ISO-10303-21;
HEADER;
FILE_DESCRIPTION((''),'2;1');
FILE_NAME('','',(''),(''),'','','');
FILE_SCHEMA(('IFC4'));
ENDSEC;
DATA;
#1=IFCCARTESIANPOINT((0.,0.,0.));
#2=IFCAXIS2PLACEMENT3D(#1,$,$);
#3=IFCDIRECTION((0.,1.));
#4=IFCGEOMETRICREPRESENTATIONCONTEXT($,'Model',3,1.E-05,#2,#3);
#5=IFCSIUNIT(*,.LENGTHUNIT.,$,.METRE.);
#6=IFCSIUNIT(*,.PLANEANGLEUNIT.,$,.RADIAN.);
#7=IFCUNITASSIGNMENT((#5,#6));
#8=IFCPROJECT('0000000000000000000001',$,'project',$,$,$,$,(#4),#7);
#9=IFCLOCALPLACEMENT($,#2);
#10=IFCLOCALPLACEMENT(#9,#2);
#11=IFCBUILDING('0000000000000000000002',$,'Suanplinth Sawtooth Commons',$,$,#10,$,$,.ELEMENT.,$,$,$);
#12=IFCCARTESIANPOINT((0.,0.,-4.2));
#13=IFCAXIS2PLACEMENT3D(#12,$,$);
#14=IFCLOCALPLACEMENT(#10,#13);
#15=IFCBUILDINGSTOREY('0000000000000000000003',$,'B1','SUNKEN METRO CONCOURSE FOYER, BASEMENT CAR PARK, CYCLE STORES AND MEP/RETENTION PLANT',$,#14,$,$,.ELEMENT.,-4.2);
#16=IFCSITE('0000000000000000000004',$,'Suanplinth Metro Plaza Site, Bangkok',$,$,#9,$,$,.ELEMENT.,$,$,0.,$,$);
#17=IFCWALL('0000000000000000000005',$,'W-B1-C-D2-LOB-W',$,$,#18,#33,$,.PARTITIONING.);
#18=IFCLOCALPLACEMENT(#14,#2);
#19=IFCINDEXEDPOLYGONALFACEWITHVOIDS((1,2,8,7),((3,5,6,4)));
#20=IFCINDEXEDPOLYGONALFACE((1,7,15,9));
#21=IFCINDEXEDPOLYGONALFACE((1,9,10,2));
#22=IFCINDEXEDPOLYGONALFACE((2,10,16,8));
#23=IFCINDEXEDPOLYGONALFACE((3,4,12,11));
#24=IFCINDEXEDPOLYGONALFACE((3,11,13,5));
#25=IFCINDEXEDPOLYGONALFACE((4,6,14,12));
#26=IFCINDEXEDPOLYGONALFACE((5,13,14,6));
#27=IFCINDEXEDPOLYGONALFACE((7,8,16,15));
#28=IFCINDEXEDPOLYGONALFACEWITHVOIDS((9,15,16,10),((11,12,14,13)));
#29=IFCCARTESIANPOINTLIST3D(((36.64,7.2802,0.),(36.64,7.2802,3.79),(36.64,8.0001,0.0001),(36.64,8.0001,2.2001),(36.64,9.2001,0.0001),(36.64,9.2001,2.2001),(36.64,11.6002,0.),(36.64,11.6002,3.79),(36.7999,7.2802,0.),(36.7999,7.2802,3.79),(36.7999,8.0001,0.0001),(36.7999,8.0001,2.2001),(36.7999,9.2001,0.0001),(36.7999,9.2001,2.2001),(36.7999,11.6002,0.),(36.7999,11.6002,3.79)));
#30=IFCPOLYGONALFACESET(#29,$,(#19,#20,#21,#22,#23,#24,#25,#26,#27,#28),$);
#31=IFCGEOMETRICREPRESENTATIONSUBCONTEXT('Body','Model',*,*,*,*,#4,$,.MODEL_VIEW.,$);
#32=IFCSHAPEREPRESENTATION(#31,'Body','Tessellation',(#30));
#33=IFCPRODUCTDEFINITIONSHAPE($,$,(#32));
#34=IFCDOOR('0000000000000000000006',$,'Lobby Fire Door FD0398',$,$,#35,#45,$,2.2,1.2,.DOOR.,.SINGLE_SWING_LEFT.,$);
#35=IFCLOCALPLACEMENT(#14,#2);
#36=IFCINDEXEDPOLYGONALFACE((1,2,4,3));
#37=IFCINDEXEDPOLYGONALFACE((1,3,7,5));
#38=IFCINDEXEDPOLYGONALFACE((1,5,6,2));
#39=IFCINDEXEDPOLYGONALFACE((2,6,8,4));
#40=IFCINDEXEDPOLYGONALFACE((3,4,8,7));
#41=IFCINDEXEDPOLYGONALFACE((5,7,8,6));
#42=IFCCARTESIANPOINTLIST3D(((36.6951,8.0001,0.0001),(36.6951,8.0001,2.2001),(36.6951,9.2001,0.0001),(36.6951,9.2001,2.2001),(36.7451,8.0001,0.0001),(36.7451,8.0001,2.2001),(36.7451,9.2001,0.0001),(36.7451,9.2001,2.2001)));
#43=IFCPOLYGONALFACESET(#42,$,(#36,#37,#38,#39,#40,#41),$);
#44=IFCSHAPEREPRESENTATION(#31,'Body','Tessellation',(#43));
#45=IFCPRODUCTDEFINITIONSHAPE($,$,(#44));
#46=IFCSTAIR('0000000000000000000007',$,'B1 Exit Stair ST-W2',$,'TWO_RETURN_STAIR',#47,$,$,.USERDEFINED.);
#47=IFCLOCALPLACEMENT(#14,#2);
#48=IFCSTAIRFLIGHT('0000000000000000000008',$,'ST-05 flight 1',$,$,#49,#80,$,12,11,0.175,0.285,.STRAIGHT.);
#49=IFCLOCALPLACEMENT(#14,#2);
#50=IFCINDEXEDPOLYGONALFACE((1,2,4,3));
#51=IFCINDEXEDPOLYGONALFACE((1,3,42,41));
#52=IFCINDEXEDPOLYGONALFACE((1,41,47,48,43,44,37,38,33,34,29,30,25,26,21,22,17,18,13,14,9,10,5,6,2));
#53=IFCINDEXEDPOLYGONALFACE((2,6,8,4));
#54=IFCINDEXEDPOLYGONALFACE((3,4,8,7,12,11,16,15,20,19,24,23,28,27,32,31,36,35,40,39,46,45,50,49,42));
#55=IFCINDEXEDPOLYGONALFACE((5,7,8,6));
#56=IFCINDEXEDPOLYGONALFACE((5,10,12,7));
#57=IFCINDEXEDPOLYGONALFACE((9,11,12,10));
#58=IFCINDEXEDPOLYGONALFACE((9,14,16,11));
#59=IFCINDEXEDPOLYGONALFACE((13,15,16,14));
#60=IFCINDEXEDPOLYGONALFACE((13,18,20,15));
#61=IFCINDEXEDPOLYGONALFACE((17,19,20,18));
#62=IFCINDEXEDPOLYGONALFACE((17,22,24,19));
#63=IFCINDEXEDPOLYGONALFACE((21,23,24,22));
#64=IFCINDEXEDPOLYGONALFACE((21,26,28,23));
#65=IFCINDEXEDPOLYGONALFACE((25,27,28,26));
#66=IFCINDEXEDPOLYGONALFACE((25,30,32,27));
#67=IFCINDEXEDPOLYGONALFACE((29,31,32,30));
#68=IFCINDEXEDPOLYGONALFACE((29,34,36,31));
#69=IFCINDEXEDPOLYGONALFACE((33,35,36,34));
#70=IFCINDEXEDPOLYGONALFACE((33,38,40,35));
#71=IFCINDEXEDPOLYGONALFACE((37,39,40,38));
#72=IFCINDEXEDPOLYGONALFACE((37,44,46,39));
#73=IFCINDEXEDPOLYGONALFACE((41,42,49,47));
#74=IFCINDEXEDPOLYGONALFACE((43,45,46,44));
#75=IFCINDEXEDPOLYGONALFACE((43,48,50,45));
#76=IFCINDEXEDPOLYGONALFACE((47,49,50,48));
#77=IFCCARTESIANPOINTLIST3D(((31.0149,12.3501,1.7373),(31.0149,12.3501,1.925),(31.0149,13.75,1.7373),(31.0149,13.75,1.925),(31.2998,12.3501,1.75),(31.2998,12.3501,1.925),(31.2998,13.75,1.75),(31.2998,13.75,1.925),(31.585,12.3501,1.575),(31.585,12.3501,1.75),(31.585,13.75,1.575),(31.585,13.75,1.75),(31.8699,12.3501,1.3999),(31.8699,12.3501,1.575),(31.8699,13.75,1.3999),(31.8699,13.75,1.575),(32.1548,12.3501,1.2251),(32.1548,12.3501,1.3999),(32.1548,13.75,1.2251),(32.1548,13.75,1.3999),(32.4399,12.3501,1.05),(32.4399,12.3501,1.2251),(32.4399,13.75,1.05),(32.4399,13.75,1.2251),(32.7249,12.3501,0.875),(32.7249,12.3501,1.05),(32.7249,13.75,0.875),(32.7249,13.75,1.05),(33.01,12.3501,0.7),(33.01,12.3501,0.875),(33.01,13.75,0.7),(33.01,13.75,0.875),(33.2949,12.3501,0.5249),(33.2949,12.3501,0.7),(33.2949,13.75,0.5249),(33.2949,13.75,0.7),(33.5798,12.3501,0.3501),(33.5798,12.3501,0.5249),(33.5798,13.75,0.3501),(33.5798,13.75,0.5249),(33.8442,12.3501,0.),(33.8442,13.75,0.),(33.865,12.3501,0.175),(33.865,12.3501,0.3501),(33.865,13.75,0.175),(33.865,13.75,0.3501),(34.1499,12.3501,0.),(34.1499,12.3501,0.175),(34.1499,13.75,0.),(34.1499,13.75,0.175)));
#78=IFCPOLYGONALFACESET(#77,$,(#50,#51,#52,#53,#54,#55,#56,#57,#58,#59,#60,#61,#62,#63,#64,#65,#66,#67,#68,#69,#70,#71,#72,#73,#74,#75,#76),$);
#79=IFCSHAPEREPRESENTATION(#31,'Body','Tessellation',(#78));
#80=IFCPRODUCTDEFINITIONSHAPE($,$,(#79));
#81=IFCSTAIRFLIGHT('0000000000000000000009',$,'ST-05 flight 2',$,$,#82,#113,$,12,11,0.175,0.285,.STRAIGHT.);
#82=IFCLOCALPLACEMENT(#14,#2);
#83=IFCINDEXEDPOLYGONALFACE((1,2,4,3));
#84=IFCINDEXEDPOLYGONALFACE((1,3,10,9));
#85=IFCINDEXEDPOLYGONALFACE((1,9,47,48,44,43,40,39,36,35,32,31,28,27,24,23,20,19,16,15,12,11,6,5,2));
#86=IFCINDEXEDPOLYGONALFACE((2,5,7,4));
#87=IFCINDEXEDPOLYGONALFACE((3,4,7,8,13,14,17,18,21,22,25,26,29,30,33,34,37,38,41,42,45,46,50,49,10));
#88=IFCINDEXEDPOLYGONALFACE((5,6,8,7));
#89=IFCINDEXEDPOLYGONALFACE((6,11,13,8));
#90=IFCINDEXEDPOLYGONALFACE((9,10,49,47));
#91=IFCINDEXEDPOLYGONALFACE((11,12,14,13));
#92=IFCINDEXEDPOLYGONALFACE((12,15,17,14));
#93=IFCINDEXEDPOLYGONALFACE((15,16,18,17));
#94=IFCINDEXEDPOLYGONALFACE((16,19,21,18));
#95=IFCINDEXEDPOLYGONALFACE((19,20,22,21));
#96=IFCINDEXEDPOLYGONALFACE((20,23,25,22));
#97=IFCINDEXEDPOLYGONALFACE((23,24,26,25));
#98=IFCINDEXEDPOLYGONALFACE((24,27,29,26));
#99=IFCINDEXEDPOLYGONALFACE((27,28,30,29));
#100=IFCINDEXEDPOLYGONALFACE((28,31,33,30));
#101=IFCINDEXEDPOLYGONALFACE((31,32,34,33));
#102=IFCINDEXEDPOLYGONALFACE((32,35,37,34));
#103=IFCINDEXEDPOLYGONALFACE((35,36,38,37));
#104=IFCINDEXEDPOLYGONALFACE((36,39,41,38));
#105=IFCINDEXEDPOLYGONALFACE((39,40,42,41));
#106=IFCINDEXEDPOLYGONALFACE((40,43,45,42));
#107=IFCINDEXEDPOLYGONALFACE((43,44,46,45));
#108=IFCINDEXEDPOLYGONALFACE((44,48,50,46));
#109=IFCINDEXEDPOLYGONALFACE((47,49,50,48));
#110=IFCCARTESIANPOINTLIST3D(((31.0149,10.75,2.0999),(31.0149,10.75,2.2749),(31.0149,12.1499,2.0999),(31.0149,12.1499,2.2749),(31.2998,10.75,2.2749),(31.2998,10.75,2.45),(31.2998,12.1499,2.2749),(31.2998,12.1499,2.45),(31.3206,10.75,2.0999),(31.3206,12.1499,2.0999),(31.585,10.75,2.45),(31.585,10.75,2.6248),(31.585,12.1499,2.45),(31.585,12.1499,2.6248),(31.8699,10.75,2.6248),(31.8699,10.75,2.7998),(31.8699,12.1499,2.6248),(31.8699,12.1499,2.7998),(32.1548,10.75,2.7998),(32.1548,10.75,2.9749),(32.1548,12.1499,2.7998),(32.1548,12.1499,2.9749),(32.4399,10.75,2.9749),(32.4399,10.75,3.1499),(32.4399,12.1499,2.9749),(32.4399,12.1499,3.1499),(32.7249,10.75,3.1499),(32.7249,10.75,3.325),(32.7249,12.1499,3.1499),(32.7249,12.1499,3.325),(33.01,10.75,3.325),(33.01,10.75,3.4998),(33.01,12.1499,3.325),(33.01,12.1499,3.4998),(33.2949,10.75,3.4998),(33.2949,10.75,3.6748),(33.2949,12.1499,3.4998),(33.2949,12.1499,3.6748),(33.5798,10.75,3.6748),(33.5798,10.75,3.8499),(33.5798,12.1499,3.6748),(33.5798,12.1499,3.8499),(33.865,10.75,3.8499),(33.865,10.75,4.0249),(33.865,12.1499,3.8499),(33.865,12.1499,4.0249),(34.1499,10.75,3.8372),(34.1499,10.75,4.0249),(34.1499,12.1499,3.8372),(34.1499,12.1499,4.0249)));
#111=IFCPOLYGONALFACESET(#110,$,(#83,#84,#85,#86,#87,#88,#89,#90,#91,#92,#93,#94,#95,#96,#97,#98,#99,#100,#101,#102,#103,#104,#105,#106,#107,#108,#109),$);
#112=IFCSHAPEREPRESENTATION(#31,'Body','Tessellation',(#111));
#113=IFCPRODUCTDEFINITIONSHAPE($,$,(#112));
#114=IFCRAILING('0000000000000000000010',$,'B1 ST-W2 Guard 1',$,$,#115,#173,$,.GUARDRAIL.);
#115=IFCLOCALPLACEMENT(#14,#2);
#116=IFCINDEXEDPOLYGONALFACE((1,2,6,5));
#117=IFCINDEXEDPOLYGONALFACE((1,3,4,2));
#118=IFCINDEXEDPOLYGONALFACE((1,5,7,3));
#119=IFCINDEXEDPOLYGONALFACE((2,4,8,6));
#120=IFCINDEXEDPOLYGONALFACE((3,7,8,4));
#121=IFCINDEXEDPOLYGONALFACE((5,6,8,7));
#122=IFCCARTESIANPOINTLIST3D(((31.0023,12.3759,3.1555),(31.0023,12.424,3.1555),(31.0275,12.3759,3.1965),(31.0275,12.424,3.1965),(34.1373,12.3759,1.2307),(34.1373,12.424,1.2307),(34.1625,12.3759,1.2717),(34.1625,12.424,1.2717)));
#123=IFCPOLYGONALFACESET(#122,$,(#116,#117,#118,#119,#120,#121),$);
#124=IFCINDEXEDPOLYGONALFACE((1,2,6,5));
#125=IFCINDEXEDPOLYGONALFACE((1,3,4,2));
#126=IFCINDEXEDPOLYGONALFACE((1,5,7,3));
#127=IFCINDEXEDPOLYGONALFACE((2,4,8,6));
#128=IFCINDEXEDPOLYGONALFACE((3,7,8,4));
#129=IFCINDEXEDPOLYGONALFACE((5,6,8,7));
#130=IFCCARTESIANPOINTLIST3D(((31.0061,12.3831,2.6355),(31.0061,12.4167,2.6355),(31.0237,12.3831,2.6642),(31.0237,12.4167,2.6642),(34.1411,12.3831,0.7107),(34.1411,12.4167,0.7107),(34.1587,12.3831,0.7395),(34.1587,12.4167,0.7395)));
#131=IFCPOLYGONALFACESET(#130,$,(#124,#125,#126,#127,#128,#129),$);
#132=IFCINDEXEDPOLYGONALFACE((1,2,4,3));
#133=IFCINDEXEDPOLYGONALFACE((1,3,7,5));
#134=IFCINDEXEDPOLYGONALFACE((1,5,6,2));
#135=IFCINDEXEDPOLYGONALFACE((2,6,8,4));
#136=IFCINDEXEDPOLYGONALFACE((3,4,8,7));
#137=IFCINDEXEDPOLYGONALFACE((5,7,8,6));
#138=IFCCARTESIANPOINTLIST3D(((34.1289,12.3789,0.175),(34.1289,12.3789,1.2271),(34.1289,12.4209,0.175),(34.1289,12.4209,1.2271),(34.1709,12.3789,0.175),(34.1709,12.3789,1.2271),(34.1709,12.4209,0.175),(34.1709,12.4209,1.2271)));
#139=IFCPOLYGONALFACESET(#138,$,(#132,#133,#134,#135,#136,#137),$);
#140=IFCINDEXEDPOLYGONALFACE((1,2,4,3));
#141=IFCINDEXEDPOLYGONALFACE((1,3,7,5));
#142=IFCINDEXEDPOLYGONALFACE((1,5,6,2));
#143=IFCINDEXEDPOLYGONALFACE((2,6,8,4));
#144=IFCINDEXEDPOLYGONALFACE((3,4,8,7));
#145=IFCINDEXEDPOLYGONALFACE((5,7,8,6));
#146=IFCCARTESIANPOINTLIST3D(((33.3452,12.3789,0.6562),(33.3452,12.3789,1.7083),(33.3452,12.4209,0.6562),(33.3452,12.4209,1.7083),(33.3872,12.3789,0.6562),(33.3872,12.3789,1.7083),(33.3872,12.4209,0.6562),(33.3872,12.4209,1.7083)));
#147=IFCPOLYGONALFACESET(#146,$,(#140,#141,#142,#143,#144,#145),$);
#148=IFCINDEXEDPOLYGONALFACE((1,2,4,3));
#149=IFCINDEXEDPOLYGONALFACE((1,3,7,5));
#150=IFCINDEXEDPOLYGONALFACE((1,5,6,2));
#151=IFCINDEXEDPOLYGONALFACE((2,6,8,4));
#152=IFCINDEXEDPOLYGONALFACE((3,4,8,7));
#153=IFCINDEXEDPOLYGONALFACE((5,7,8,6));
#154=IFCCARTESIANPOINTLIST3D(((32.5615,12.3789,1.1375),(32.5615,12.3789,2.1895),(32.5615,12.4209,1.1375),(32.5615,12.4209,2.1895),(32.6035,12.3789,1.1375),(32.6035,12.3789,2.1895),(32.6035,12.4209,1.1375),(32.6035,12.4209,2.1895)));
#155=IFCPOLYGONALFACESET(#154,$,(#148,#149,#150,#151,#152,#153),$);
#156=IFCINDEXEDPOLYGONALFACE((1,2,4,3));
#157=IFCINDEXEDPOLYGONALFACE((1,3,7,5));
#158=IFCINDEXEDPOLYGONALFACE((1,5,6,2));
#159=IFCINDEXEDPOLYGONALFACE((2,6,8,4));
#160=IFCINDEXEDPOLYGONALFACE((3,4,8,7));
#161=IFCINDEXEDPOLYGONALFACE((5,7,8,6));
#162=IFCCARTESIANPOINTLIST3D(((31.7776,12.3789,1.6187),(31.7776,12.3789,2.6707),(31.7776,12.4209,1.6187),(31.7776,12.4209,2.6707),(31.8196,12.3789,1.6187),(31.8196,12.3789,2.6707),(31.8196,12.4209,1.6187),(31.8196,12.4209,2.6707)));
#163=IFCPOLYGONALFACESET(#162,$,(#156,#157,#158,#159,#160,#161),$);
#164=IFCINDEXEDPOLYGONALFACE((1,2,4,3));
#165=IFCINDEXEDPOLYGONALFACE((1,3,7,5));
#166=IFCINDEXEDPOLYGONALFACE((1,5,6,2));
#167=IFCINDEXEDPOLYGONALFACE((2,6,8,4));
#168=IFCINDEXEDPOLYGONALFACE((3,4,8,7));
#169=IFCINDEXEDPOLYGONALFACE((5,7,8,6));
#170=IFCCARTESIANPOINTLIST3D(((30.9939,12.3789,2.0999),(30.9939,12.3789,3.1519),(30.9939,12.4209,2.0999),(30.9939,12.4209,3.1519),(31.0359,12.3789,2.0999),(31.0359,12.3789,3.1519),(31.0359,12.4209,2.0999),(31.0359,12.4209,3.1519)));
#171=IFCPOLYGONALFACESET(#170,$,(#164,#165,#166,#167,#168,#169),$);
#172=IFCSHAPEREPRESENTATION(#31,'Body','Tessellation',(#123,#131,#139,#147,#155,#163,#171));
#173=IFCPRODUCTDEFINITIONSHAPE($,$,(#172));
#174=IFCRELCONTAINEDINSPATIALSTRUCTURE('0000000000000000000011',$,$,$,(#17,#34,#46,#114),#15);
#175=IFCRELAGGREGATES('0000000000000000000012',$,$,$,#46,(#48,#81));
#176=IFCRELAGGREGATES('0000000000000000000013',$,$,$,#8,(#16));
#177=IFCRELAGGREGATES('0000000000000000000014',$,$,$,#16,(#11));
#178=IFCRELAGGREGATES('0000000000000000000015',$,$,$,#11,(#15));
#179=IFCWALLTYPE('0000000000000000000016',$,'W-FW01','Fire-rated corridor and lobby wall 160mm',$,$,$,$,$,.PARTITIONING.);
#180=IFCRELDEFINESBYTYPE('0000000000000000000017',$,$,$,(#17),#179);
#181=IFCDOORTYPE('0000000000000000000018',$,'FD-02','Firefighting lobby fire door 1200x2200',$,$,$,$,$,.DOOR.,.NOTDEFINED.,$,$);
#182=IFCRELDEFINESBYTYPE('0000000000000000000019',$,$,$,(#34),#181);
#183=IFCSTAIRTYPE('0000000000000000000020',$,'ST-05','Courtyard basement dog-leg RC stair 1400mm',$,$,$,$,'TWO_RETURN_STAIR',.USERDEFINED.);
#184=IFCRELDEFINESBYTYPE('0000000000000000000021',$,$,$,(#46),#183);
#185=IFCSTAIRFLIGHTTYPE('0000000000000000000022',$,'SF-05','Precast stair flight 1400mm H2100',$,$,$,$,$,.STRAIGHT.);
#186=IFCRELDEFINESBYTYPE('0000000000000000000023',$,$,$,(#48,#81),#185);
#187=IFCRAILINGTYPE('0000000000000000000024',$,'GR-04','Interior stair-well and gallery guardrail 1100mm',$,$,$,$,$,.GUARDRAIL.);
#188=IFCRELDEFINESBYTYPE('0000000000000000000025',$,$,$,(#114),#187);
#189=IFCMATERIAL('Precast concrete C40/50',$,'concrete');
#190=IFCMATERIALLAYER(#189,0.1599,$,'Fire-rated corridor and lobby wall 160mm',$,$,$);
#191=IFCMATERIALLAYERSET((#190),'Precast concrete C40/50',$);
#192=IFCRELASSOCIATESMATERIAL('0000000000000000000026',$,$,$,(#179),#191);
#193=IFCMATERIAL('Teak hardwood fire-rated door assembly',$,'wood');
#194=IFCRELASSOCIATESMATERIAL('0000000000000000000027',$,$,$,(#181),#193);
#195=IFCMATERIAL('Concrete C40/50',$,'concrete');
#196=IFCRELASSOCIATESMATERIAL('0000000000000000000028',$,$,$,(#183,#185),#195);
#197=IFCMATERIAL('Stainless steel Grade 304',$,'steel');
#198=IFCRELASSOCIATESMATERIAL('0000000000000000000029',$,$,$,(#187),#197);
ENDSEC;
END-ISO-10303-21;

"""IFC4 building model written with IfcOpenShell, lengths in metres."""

from ifc_helpers import new_model, si_unit, direction, frame, frame_2d, origin, origin_2d, place, context, subcontext, project, spatial, polyline, rectangle, outline, extrude, material, layer, layer_set, type_object, element, fill, aggregate, save


model = new_model("IFC4")

# Units and contexts
model_context = context("Model", 3, precision=1e-05, world=origin(), true_north=direction((0.0, 1.0)))
body_context = subcontext(model_context, "Body", "Model", "MODEL_VIEW")
ifc_project = project(units=[si_unit("LENGTHUNIT", "METRE"), si_unit("PLANEANGLEUNIT", "RADIAN")], contexts=[model_context])

# Site, building, storey
site_placement = place(None, origin())
site = spatial("IfcSite", under=ifc_project, at=site_placement, Name="Suanplinth Metro Plaza Site, Bangkok", CompositionType="ELEMENT", RefElevation=0.0)
building_placement = place(site_placement, origin())
building = spatial("IfcBuilding", under=site, at=building_placement, Name="Suanplinth Sawtooth Commons", CompositionType="ELEMENT")
storey_placement = place(building_placement, frame((0.0, 0.0, -4.2)))
storey = spatial("IfcBuildingStorey", under=building, at=storey_placement, Name="B1", Description="SUNKEN METRO CONCOURSE FOYER, BASEMENT CAR PARK, CYCLE STORES AND MEP/RETENTION PLANT", CompositionType="ELEMENT", Elevation=-4.2)

# Shared definitions
ifc_material_1 = material(Name="Concrete C40/50", Category="concrete")

# Wall, opening, door
ifc_material_2 = material(Name="Precast concrete C40/50", Category="concrete")
ifc_layer_1 = layer(ifc_material_2, 0.1599, Name="Fire-rated corridor and lobby wall 160mm")
ifc_layer_set_1 = layer_set([ifc_layer_1], Name="Precast concrete C40/50")
wall_type_1 = type_object("IfcWallType", Name="W-FW01", Description="Fire-rated corridor and lobby wall 160mm", PredefinedType="PARTITIONING", material=ifc_layer_set_1)
wall_1_placement = place(storey_placement, frame((36.72, 7.28, 0.0), z_axis=(0.0, 0.0, 1.0), x_axis=(0.0, 1.0, 0.0)))
wall_1 = element("IfcWall", 1, at=wall_1_placement, inside=storey, type_object=wall_type_1, Name="W-B1-C-D2-LOB-W", PredefinedType="PARTITIONING", context=body_context, shape_type="SweptSolid", body=[
    extrude(rectangle(XDim=4.3201, YDim=0.1599, at=frame_2d((2.1602, 0.0))), origin(), (0.0, 0.0, 1.0), 3.79),
])
opening_placement = place(wall_1_placement, frame((0.72, 0.0, 0.0)))
opening = element("IfcOpeningElement", 2, at=opening_placement, cuts=wall_1, PredefinedType="OPENING", context=body_context, shape_type="SweptSolid", body=[
    extrude(rectangle(XDim=1.2, YDim=2.2, at=frame_2d((0.6001, 1.1001))), frame((0.0, 0.0947, 0.0), z_axis=(0.0, -1.0, 0.0), x_axis=(1.0, 0.0, 0.0)), (0.0, 0.0, 1.0), 0.1897),
])
ifc_material_3 = material(Name="Teak hardwood fire-rated door assembly", Category="wood")
door_type = type_object("IfcDoorType", Name="FD-02", Description="Firefighting lobby fire door 1200x2200", OperationType="NOTDEFINED", PredefinedType="DOOR", material=ifc_material_3)
door_placement = place(opening_placement, origin())
door = element("IfcDoor", 3, at=door_placement, inside=storey, type_object=door_type, Name="Lobby Fire Door FD0398", OperationType="SINGLE_SWING_LEFT", OverallHeight=2.2, OverallWidth=1.2, PredefinedType="DOOR", context=body_context, shape_type="SweptSolid", body=[
    extrude(rectangle(XDim=1.2, YDim=2.2, at=frame_2d((0.6001, 1.1001))), frame((0.0, 0.0249, 0.0), z_axis=(0.0, -1.0, 0.0), x_axis=(1.0, 0.0, 0.0)), (0.0, 0.0, 1.0), 0.05),
])
fill(opening, door)

# Stair, stair flights
stair_type = type_object("IfcStairType", Name="ST-05", Description="Courtyard basement dog-leg RC stair 1400mm", ElementType="TWO_RETURN_STAIR", PredefinedType="USERDEFINED", material=ifc_material_1)
stair_placement = place(storey_placement, origin())
stair = element("IfcStair", 4, at=stair_placement, inside=storey, type_object=stair_type, Name="B1 Exit Stair ST-W2", ObjectType="TWO_RETURN_STAIR", PredefinedType="USERDEFINED")
stair_flight_type = type_object("IfcStairFlightType", Name="SF-05", Description="Precast stair flight 1400mm H2100", PredefinedType="STRAIGHT", material=ifc_material_1)
stair_flight_1_placement = place(storey_placement, frame((34.1499, 13.05, 0.0), z_axis=(0.0, 0.0, 1.0), x_axis=(-1.0, 0.0, 0.0)))
stair_flight_1 = element("IfcStairFlight", 5, at=stair_flight_1_placement, type_object=stair_flight_type, Name="ST-05 flight 1", NumberOfRisers=12, NumberOfTreads=11, PredefinedType="STRAIGHT", RiserHeight=0.175, TreadLength=0.285, context=body_context, shape_type="SweptSolid", body=[
    extrude(outline(polyline([(0.0, 0.0), (0.0, 0.175), (0.2849, 0.175), (0.2849, 0.3501), (0.5701, 0.3501), (0.5701, 0.5249), (0.855, 0.5249), (0.855, 0.7), (1.1399, 0.7), (1.1399, 0.875), (1.425, 0.875), (1.425, 1.05), (1.71, 1.05), (1.71, 1.2251), (1.9951, 1.2251), (1.9951, 1.3999), (2.28, 1.3999), (2.28, 1.575), (2.5649, 1.575), (2.5649, 1.75), (2.8501, 1.75), (2.8501, 1.925), (3.135, 1.925), (3.135, 2.1001), (3.135, 1.7373), (0.3057, 0.0), (0.0, 0.0)])), frame((0.0, 0.7, 0.0), z_axis=(0.0, -1.0, 0.0), x_axis=(1.0, 0.0, 0.0)), (0.0, 0.0, 1.0), 1.3999),
])
stair_flight_2_placement = place(storey_placement, frame((31.0149, 11.45, 2.0999), z_axis=(0.0, 0.0, 1.0), x_axis=(1.0, 0.0, 0.0)))
stair_flight_2 = element("IfcStairFlight", 6, at=stair_flight_2_placement, type_object=stair_flight_type, Name="ST-05 flight 2", NumberOfRisers=12, NumberOfTreads=11, PredefinedType="STRAIGHT", RiserHeight=0.175, TreadLength=0.285, context=body_context, shape_type="SweptSolid", body=[
    extrude(outline(polyline([(0.0, 0.0), (0.0, 0.175), (0.2849, 0.175), (0.2849, 0.3501), (0.5701, 0.3501), (0.5701, 0.5249), (0.855, 0.5249), (0.855, 0.7), (1.1399, 0.7), (1.1399, 0.875), (1.425, 0.875), (1.425, 1.05), (1.71, 1.05), (1.71, 1.2251), (1.9951, 1.2251), (1.9951, 1.3999), (2.28, 1.3999), (2.28, 1.575), (2.5649, 1.575), (2.5649, 1.75), (2.8501, 1.75), (2.8501, 1.925), (3.135, 1.925), (3.135, 2.1001), (3.135, 1.7373), (0.3057, 0.0), (0.0, 0.0)])), frame((0.0, 0.7, 0.0), z_axis=(0.0, -1.0, 0.0), x_axis=(1.0, 0.0, 0.0)), (0.0, 0.0, 1.0), 1.3999),
])
aggregate(stair, [stair_flight_1, stair_flight_2])

# Railing
ifc_material_4 = material(Name="Stainless steel Grade 304", Category="steel")
railing_type_1 = type_object("IfcRailingType", Name="GR-04", Description="Interior stair-well and gallery guardrail 1100mm", PredefinedType="GUARDRAIL", material=ifc_material_4)
railing_1_placement = place(storey_placement, frame((34.1499, 12.3999, 0.175)))
element("IfcRailing", 7, at=railing_1_placement, inside=storey, type_object=railing_type_1, Name="B1 ST-W2 Guard 1", PredefinedType="GUARDRAIL", context=body_context, shape_type="SweptSolid", body=[
    extrude(rectangle(XDim=0.0481, YDim=0.0481, at=origin_2d()), frame((0.0, 0.0, 1.0762), z_axis=(-0.852196, 0.0, 0.523223), x_axis=(0.0, -1.0, 0.0)), (0.0, 0.0, 1.0), 3.6787),
    extrude(rectangle(XDim=0.0337, YDim=0.0337, at=origin_2d()), frame((0.0, 0.0, 0.55), z_axis=(-0.852196, 0.0, 0.523223), x_axis=(0.0, -1.0, 0.0)), (0.0, 0.0, 1.0), 3.6787),
    extrude(rectangle(XDim=0.042, YDim=0.042, at=origin_2d()), origin(), (0.0, 0.0, 1.0), 1.052),
    extrude(rectangle(XDim=0.042, YDim=0.042, at=origin_2d()), frame((-0.7837, 0.0, 0.4812)), (0.0, 0.0, 1.0), 1.052),
    extrude(rectangle(XDim=0.042, YDim=0.042, at=origin_2d()), frame((-1.5674, 0.0, 0.9624)), (0.0, 0.0, 1.0), 1.052),
    extrude(rectangle(XDim=0.042, YDim=0.042, at=origin_2d()), frame((-2.3513, 0.0, 1.4436)), (0.0, 0.0, 1.0), 1.052),
    extrude(rectangle(XDim=0.042, YDim=0.042, at=origin_2d()), frame((-3.135, 0.0, 1.9248)), (0.0, 0.0, 1.0), 1.052),
])

save(model, "model.ifc")
